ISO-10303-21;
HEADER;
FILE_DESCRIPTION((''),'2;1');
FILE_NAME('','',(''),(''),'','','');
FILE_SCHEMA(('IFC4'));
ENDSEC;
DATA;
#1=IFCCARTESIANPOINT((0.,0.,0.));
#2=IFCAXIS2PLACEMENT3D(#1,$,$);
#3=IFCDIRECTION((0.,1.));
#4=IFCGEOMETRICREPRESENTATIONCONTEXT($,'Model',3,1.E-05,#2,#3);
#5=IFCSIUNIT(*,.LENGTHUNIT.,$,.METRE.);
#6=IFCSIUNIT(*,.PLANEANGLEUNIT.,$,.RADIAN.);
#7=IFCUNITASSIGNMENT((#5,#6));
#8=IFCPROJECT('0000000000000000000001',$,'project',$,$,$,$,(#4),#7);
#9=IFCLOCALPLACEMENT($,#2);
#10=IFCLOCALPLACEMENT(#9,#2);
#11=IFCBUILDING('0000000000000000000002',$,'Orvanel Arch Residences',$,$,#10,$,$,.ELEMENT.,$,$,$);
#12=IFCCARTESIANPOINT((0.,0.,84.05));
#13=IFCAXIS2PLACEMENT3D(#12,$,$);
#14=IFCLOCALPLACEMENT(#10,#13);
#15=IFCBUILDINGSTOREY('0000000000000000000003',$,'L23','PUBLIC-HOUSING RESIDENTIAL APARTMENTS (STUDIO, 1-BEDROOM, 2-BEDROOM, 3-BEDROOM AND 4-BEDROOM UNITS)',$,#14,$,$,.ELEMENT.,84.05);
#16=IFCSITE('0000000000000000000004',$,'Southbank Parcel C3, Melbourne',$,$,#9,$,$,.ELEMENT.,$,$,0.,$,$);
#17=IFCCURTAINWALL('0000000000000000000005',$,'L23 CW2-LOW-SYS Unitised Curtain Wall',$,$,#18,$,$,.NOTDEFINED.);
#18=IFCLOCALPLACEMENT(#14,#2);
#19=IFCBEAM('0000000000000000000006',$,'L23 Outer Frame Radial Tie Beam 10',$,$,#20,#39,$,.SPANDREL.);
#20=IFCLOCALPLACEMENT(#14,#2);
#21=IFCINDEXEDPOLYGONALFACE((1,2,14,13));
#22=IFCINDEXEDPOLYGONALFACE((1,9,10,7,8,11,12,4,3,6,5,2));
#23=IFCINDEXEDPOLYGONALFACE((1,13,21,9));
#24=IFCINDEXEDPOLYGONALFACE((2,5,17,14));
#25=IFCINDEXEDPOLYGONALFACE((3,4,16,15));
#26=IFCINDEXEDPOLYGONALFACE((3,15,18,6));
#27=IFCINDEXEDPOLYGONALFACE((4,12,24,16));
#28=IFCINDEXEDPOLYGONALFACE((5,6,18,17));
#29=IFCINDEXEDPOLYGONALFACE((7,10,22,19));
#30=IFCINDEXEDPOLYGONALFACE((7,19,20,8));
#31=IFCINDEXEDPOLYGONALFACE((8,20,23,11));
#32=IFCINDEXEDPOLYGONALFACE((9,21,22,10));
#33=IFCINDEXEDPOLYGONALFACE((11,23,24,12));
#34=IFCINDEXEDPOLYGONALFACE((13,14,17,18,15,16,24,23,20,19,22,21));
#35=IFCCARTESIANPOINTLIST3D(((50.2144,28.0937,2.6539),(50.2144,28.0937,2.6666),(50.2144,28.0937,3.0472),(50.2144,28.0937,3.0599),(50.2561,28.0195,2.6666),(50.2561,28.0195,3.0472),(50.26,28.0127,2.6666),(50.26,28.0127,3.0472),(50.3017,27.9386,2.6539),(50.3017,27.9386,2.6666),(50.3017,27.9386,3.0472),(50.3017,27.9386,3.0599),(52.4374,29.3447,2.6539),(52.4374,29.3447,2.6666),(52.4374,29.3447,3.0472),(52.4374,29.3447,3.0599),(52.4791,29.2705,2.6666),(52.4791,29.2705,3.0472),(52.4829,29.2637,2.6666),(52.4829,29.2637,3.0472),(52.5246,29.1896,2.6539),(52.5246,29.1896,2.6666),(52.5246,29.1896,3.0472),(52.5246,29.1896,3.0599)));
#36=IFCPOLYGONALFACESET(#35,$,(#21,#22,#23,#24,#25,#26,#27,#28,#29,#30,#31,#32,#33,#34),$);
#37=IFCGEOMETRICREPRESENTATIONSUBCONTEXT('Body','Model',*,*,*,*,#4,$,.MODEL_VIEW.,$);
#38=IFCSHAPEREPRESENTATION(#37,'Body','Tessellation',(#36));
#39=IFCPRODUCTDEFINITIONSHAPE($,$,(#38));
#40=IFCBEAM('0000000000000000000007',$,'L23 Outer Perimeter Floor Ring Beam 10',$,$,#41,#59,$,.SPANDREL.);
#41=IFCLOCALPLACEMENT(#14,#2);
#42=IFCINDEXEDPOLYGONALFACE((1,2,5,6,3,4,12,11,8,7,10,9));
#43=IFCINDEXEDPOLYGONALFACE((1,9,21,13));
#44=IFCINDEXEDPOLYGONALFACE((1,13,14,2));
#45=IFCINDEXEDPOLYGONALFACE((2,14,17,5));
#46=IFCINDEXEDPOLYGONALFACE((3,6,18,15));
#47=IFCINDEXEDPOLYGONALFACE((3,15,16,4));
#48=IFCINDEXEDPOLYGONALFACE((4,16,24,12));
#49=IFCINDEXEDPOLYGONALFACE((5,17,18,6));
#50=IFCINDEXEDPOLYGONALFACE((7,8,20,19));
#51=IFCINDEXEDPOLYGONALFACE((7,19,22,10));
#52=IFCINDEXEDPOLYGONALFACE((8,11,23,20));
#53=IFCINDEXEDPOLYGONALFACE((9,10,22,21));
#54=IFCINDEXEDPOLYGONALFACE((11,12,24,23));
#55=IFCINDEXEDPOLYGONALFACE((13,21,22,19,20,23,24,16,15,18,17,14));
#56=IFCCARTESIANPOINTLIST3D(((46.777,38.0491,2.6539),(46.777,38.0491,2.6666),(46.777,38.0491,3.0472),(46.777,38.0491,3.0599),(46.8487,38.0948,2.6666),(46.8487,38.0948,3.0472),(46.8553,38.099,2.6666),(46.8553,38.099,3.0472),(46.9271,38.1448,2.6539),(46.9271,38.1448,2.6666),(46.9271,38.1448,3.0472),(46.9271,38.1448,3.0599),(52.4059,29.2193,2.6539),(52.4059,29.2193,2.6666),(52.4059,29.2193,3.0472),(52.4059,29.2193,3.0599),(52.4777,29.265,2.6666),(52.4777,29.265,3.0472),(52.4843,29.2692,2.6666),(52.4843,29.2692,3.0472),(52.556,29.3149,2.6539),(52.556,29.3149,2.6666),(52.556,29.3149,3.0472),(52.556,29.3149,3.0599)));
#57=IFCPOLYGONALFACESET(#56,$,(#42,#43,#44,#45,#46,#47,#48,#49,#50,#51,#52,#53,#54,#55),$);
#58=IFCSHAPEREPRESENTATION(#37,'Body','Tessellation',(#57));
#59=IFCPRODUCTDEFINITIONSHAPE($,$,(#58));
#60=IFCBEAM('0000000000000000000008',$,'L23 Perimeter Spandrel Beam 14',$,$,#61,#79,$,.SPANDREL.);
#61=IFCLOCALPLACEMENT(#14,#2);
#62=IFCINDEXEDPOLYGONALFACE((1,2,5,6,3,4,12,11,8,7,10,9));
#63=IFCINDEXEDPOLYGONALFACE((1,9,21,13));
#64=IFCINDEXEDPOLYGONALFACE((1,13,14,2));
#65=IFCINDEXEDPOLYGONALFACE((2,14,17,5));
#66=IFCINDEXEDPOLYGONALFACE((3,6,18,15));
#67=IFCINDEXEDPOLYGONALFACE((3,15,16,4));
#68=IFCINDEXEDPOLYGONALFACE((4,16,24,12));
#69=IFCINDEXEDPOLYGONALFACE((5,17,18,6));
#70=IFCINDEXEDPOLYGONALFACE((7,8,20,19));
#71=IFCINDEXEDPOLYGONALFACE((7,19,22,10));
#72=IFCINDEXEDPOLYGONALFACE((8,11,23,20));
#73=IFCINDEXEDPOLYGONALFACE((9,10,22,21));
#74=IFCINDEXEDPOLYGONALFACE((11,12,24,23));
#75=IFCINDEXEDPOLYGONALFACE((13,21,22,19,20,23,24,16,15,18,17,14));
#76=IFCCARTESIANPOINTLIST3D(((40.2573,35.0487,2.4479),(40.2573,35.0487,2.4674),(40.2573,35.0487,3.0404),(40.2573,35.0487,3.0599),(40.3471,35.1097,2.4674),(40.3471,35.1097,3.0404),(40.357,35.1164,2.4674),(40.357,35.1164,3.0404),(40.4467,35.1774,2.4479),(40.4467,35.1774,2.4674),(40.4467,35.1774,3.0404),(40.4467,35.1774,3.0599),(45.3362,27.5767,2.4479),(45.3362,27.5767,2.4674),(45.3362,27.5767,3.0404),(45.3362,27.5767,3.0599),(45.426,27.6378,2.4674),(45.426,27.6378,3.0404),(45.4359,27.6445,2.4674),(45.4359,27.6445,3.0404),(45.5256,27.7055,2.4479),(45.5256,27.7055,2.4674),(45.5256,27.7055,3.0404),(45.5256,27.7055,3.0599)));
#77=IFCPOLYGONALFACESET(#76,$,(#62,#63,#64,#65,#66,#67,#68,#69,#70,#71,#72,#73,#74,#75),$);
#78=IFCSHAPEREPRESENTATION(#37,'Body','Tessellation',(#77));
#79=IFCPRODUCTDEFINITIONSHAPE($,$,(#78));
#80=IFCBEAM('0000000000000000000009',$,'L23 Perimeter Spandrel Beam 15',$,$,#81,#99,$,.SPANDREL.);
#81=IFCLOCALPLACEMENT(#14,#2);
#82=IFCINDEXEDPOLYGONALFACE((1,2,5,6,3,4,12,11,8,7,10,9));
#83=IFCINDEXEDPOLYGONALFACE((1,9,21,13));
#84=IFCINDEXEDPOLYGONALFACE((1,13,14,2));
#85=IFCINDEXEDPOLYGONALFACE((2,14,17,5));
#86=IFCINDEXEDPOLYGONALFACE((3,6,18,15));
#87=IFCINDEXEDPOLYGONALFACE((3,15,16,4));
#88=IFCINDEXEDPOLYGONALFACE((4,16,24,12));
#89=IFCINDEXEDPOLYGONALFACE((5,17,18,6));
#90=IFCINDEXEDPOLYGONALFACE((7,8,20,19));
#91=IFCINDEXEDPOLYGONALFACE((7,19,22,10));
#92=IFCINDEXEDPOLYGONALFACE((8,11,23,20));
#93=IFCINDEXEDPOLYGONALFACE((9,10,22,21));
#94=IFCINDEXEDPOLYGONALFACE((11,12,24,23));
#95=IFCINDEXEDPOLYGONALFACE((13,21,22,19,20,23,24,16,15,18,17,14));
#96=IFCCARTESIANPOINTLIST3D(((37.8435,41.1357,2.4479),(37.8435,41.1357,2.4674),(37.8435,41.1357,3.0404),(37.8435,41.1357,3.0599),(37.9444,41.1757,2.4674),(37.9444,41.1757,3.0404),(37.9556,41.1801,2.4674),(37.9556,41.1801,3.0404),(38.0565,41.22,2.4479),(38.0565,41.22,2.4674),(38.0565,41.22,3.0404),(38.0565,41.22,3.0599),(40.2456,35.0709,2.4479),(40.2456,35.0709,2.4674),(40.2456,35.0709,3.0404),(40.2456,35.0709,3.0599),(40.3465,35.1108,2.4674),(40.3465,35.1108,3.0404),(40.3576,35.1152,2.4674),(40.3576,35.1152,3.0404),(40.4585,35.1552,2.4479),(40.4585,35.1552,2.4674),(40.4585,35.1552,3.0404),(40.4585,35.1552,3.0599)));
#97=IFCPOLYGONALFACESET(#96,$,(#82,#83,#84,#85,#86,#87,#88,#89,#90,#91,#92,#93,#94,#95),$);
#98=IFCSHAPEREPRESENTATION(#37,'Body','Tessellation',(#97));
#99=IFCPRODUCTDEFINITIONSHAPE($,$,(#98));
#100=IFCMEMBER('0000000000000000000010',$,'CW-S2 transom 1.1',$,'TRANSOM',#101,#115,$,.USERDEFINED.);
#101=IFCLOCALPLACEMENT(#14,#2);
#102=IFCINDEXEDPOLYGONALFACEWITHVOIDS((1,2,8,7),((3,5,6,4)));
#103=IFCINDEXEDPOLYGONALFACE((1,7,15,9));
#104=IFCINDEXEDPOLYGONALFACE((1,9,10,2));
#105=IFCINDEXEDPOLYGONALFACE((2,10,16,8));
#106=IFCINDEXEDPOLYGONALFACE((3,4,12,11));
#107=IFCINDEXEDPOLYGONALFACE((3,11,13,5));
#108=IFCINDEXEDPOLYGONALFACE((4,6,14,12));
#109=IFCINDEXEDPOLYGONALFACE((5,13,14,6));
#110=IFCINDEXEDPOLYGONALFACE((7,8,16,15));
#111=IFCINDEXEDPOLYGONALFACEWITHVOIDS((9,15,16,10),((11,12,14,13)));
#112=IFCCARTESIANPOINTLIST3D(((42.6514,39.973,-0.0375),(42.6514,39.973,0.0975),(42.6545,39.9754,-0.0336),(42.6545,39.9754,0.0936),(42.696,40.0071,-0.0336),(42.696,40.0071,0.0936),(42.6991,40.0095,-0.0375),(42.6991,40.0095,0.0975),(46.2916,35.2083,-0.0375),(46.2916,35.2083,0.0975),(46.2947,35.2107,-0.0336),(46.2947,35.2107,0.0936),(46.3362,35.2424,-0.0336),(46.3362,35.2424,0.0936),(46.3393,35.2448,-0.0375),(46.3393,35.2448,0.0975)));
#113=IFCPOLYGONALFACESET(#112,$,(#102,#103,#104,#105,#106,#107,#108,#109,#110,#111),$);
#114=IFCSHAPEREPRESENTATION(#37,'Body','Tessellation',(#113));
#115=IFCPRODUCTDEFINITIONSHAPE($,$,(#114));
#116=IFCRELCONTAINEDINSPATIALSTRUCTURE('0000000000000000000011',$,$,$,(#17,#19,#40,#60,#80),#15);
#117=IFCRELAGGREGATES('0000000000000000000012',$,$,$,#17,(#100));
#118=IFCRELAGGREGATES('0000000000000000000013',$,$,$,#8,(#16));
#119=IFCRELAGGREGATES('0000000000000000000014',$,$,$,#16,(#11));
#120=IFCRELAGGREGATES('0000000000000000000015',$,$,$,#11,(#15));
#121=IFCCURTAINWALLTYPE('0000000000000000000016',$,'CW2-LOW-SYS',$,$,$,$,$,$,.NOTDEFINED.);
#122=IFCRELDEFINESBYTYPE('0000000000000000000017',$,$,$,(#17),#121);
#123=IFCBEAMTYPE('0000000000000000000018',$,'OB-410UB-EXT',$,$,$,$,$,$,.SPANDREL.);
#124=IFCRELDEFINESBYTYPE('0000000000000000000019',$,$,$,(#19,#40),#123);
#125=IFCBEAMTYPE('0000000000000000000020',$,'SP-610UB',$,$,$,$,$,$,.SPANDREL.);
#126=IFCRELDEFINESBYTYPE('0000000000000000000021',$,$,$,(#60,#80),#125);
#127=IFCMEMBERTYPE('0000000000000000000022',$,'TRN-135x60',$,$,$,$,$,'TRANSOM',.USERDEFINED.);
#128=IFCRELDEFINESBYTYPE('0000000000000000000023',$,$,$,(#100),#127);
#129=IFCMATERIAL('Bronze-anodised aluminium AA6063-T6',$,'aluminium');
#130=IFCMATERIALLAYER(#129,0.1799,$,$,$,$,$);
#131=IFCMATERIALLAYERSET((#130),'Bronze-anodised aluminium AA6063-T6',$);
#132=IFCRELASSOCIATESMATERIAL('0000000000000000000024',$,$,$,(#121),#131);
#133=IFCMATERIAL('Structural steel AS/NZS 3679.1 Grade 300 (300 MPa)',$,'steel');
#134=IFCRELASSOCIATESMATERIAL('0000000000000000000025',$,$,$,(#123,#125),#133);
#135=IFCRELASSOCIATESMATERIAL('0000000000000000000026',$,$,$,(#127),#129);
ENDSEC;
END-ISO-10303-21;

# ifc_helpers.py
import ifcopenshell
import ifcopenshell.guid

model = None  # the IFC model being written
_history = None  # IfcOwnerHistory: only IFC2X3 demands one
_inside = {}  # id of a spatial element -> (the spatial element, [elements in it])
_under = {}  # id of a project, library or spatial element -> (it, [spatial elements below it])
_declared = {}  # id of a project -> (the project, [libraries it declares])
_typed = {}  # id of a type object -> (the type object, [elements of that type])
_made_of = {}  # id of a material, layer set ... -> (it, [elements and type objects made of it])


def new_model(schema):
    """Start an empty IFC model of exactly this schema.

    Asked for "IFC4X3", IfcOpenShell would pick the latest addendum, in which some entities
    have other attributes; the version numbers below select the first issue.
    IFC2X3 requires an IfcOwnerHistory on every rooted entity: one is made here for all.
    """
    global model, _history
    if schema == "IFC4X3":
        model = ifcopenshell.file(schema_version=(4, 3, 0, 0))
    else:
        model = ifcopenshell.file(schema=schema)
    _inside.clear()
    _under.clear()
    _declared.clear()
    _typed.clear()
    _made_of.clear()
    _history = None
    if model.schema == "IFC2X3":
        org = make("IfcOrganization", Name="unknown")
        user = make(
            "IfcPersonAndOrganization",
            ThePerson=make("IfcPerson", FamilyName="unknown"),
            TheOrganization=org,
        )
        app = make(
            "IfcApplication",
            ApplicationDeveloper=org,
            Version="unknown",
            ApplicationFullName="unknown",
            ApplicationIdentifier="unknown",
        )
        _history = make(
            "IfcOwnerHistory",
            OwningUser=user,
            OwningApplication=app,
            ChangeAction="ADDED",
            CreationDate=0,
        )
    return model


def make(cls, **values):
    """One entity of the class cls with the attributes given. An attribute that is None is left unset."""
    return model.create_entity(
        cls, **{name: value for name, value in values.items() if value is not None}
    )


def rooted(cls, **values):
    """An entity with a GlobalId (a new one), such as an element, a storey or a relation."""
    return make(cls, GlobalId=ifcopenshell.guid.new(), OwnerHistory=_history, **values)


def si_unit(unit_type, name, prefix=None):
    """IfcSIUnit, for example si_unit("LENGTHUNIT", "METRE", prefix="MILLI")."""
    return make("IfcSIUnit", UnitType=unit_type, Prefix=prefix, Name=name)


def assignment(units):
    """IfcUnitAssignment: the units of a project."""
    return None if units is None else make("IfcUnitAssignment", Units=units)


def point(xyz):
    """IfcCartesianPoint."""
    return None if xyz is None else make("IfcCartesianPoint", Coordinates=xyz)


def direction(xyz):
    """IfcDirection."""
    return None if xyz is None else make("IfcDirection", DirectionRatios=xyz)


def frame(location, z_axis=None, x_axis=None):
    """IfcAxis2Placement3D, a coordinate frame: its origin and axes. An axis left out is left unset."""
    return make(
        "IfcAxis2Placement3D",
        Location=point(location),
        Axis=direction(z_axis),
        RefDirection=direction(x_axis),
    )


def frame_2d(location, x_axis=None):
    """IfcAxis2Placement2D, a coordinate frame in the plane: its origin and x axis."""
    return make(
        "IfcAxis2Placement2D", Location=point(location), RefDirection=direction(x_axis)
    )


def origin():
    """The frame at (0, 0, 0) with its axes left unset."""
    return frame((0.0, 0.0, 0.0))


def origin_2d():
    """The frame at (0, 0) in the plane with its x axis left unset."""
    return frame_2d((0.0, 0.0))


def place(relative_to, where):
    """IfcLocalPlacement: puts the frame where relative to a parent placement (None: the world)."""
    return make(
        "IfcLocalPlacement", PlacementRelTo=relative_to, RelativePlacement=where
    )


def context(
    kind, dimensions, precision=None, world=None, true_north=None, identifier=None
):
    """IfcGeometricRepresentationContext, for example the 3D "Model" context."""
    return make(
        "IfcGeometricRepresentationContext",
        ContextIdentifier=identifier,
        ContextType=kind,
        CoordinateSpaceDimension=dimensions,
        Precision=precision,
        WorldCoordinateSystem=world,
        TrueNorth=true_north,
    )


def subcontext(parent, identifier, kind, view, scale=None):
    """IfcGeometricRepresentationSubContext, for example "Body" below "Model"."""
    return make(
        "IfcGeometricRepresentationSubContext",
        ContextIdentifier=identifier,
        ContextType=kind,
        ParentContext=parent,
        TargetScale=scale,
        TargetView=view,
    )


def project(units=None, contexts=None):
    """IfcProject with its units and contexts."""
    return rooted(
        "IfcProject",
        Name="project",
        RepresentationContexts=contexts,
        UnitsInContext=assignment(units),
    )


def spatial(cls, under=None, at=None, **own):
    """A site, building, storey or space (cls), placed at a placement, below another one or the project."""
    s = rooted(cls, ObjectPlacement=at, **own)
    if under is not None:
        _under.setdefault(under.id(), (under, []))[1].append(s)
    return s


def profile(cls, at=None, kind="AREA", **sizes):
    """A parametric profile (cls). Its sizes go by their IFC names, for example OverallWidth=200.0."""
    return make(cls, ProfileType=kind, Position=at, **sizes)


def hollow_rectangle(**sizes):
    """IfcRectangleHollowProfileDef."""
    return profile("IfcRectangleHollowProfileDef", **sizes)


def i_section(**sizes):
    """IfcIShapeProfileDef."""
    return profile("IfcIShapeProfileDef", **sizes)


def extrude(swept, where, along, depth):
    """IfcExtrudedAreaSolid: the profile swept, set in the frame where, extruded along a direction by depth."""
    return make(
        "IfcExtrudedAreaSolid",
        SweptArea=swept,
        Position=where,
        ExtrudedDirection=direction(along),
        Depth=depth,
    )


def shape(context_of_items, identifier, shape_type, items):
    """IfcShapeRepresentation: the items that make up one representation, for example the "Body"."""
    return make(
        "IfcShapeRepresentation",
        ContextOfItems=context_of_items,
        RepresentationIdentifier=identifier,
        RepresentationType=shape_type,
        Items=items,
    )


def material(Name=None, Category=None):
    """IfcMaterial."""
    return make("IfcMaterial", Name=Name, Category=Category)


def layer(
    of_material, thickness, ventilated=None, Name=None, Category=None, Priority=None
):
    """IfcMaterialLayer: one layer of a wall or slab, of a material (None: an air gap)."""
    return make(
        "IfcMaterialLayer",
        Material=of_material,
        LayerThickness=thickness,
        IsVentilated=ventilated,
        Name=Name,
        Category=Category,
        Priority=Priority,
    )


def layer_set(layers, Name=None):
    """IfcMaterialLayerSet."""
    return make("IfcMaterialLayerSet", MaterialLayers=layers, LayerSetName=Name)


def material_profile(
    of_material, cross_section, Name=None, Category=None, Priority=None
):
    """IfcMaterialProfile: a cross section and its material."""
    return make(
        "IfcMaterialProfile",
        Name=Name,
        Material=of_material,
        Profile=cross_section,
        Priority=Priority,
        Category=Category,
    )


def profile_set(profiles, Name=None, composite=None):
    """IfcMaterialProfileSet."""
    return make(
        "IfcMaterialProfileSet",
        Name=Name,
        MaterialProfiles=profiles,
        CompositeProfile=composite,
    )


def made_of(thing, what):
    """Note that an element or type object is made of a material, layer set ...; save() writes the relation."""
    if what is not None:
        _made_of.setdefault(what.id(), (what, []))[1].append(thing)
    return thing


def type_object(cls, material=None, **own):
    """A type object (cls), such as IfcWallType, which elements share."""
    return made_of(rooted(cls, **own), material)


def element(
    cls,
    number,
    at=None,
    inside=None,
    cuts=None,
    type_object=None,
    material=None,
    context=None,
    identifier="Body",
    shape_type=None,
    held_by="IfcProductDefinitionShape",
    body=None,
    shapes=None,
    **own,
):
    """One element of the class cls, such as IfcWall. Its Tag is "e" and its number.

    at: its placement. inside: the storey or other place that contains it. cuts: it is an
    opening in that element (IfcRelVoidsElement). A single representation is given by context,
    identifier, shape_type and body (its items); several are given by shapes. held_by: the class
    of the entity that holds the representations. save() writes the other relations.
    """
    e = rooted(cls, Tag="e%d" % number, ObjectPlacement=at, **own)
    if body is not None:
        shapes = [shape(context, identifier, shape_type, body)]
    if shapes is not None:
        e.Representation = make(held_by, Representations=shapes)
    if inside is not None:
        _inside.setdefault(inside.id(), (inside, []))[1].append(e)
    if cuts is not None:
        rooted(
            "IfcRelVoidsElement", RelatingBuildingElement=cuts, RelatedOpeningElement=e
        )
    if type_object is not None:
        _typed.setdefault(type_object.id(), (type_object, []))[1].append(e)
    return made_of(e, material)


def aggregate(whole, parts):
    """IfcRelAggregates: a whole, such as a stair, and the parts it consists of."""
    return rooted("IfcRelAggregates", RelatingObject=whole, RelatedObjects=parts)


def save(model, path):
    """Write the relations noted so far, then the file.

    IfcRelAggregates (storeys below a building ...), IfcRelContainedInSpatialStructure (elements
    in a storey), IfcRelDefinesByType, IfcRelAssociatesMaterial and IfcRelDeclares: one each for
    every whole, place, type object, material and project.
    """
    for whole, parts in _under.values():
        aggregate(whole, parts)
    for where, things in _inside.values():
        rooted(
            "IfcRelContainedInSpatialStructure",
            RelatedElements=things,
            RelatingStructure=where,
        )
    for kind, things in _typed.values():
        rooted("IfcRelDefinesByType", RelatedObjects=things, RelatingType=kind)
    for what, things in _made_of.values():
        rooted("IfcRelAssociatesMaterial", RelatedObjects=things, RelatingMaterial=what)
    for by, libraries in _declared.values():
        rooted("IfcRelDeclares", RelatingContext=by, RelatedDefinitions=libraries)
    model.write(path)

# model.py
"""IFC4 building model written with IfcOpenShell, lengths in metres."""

from ifc_helpers import new_model, si_unit, direction, frame, origin, origin_2d, place, context, subcontext, project, spatial, hollow_rectangle, i_section, extrude, material, layer, layer_set, material_profile, profile_set, type_object, element, aggregate, save


model = new_model("IFC4")

# Units and contexts
model_context = context("Model", 3, precision=1e-05, world=origin(), true_north=direction((0.0, 1.0)))
body_context = subcontext(model_context, "Body", "Model", "MODEL_VIEW")
ifc_project = project(units=[si_unit("LENGTHUNIT", "METRE"), si_unit("PLANEANGLEUNIT", "RADIAN")], contexts=[model_context])

# Site, building, storey
site_placement = place(None, origin())
site = spatial("IfcSite", under=ifc_project, at=site_placement, Name="Southbank Parcel C3, Melbourne", CompositionType="ELEMENT", RefElevation=0.0)
building_placement = place(site_placement, origin())
building = spatial("IfcBuilding", under=site, at=building_placement, Name="Orvanel Arch Residences", CompositionType="ELEMENT")
storey_placement = place(building_placement, frame((0.0, 0.0, 84.05)))
storey = spatial("IfcBuildingStorey", under=building, at=storey_placement, Name="L23", Description="PUBLIC-HOUSING RESIDENTIAL APARTMENTS (STUDIO, 1-BEDROOM, 2-BEDROOM, 3-BEDROOM AND 4-BEDROOM UNITS)", CompositionType="ELEMENT", Elevation=84.05)

# Shared definitions
ifc_material_1 = material(Name="Structural steel AS/NZS 3679.1 Grade 300 (300 MPa)", Category="steel")

# Curtain wall
ifc_material_2 = material(Name="Bronze-anodised aluminium AA6063-T6", Category="aluminium")
ifc_layer = layer(ifc_material_2, 0.1799)
ifc_layer_set = layer_set([ifc_layer], Name="Bronze-anodised aluminium AA6063-T6")
curtain_wall_type = type_object("IfcCurtainWallType", Name="CW2-LOW-SYS", PredefinedType="NOTDEFINED", material=ifc_layer_set)
curtain_wall_placement = place(storey_placement, origin())
curtain_wall = element("IfcCurtainWall", 1, at=curtain_wall_placement, inside=storey, type_object=curtain_wall_type, Name="L23 CW2-LOW-SYS Unitised Curtain Wall", PredefinedType="NOTDEFINED")

# Beams
ifc_material_profile_1 = material_profile(ifc_material_1, i_section(OverallWidth=0.178, OverallDepth=0.406, WebThickness=0.0078, FlangeThickness=0.0127, at=origin_2d()), Name="410UB59.7")
ifc_profile_set_1 = profile_set([ifc_material_profile_1], Name="Structural steel AS/NZS 3679.1 Grade 300 (300 MPa)")
beam_type_1 = type_object("IfcBeamType", Name="OB-410UB-EXT", PredefinedType="SPANDREL", material=ifc_profile_set_1)
beam_1_placement = place(storey_placement, frame((50.2581, 28.0161, 2.8569), z_axis=(0.871476, 0.490438, 0.0), x_axis=(-0.490438, 0.871476, 0.0)))
element("IfcBeam", 2, at=beam_1_placement, inside=storey, type_object=beam_type_1, Name="L23 Outer Frame Radial Tie Beam 10", PredefinedType="SPANDREL", context=body_context, shape_type="SweptSolid", body=[
    extrude(i_section(OverallWidth=0.178, OverallDepth=0.406, WebThickness=0.0078, FlangeThickness=0.0127, at=origin_2d()), origin(), (0.0, 0.0, 1.0), 2.5508),
])
beam_2_placement = place(storey_placement, frame((52.481, 29.2671, 2.8569), z_axis=(-0.53755, 0.843232, 0.0), x_axis=(-0.843232, -0.53755, 0.0)))
element("IfcBeam", 3, at=beam_2_placement, inside=storey, type_object=beam_type_1, Name="L23 Outer Perimeter Floor Ring Beam 10", PredefinedType="SPANDREL", context=body_context, shape_type="SweptSolid", body=[
    extrude(i_section(OverallWidth=0.178, OverallDepth=0.406, WebThickness=0.0078, FlangeThickness=0.0127, at=origin_2d()), origin(), (0.0, 0.0, 1.0), 10.4714),
])
ifc_material_profile_2 = material_profile(ifc_material_1, i_section(OverallWidth=0.229, OverallDepth=0.6121, WebThickness=0.012, FlangeThickness=0.0195, at=origin_2d()), Name="610UB125")
ifc_profile_set_2 = profile_set([ifc_material_profile_2], Name="Structural steel AS/NZS 3679.1 Grade 300 (300 MPa)")
beam_type_2 = type_object("IfcBeamType", Name="SP-610UB", PredefinedType="SPANDREL", material=ifc_profile_set_2)
beam_3_placement = place(storey_placement, frame((45.4309, 27.6411, 2.7539), z_axis=(-0.562155, 0.827032, 0.0), x_axis=(-0.827032, -0.562155, 0.0)))
element("IfcBeam", 4, at=beam_3_placement, inside=storey, type_object=beam_type_2, Name="L23 Perimeter Spandrel Beam 14", PredefinedType="SPANDREL", context=body_context, shape_type="SweptSolid", body=[
    extrude(i_section(OverallWidth=0.229, OverallDepth=0.6121, WebThickness=0.012, FlangeThickness=0.0195, at=origin_2d()), origin(), (0.0, 0.0, 1.0), 9.0347),
])
beam_4_placement = place(storey_placement, frame((40.3521, 35.113, 2.7539), z_axis=(-0.368233, 0.929733, 0.0), x_axis=(-0.929733, -0.368233, 0.0)))
element("IfcBeam", 5, at=beam_4_placement, inside=storey, type_object=beam_type_2, Name="L23 Perimeter Spandrel Beam 15", PredefinedType="SPANDREL", context=body_context, shape_type="SweptSolid", body=[
    extrude(i_section(OverallWidth=0.229, OverallDepth=0.6121, WebThickness=0.012, FlangeThickness=0.0195, at=origin_2d()), origin(), (0.0, 0.0, 1.0), 6.5232),
])

# Member
ifc_material_profile_3 = material_profile(ifc_material_2, hollow_rectangle(XDim=0.0601, YDim=0.135, WallThickness=0.0039, at=origin_2d()), Name="ALU135x60x4")
ifc_profile_set_3 = profile_set([ifc_material_profile_3], Name="Bronze-anodised aluminium AA6063-T6")
member_type_1 = type_object("IfcMemberType", Name="TRN-135x60", ElementType="TRANSOM", PredefinedType="USERDEFINED", material=ifc_profile_set_3)
member_1_placement = place(storey_placement, frame((46.3154, 35.2266, 0.03), z_axis=(-0.60709, 0.794633, 0.0), x_axis=(-0.794633, -0.60709, 0.0)))
member_1 = element("IfcMember", 6, at=member_1_placement, type_object=member_type_1, Name="CW-S2 transom 1.1", ObjectType="TRANSOM", PredefinedType="USERDEFINED", context=body_context, shape_type="SweptSolid", body=[
    extrude(hollow_rectangle(XDim=0.0601, YDim=0.135, WallThickness=0.0039, at=origin_2d()), origin(), (0.0, 0.0, 1.0), 5.9961),
])
aggregate(curtain_wall, [member_1])

save(model, "model.ifc")
